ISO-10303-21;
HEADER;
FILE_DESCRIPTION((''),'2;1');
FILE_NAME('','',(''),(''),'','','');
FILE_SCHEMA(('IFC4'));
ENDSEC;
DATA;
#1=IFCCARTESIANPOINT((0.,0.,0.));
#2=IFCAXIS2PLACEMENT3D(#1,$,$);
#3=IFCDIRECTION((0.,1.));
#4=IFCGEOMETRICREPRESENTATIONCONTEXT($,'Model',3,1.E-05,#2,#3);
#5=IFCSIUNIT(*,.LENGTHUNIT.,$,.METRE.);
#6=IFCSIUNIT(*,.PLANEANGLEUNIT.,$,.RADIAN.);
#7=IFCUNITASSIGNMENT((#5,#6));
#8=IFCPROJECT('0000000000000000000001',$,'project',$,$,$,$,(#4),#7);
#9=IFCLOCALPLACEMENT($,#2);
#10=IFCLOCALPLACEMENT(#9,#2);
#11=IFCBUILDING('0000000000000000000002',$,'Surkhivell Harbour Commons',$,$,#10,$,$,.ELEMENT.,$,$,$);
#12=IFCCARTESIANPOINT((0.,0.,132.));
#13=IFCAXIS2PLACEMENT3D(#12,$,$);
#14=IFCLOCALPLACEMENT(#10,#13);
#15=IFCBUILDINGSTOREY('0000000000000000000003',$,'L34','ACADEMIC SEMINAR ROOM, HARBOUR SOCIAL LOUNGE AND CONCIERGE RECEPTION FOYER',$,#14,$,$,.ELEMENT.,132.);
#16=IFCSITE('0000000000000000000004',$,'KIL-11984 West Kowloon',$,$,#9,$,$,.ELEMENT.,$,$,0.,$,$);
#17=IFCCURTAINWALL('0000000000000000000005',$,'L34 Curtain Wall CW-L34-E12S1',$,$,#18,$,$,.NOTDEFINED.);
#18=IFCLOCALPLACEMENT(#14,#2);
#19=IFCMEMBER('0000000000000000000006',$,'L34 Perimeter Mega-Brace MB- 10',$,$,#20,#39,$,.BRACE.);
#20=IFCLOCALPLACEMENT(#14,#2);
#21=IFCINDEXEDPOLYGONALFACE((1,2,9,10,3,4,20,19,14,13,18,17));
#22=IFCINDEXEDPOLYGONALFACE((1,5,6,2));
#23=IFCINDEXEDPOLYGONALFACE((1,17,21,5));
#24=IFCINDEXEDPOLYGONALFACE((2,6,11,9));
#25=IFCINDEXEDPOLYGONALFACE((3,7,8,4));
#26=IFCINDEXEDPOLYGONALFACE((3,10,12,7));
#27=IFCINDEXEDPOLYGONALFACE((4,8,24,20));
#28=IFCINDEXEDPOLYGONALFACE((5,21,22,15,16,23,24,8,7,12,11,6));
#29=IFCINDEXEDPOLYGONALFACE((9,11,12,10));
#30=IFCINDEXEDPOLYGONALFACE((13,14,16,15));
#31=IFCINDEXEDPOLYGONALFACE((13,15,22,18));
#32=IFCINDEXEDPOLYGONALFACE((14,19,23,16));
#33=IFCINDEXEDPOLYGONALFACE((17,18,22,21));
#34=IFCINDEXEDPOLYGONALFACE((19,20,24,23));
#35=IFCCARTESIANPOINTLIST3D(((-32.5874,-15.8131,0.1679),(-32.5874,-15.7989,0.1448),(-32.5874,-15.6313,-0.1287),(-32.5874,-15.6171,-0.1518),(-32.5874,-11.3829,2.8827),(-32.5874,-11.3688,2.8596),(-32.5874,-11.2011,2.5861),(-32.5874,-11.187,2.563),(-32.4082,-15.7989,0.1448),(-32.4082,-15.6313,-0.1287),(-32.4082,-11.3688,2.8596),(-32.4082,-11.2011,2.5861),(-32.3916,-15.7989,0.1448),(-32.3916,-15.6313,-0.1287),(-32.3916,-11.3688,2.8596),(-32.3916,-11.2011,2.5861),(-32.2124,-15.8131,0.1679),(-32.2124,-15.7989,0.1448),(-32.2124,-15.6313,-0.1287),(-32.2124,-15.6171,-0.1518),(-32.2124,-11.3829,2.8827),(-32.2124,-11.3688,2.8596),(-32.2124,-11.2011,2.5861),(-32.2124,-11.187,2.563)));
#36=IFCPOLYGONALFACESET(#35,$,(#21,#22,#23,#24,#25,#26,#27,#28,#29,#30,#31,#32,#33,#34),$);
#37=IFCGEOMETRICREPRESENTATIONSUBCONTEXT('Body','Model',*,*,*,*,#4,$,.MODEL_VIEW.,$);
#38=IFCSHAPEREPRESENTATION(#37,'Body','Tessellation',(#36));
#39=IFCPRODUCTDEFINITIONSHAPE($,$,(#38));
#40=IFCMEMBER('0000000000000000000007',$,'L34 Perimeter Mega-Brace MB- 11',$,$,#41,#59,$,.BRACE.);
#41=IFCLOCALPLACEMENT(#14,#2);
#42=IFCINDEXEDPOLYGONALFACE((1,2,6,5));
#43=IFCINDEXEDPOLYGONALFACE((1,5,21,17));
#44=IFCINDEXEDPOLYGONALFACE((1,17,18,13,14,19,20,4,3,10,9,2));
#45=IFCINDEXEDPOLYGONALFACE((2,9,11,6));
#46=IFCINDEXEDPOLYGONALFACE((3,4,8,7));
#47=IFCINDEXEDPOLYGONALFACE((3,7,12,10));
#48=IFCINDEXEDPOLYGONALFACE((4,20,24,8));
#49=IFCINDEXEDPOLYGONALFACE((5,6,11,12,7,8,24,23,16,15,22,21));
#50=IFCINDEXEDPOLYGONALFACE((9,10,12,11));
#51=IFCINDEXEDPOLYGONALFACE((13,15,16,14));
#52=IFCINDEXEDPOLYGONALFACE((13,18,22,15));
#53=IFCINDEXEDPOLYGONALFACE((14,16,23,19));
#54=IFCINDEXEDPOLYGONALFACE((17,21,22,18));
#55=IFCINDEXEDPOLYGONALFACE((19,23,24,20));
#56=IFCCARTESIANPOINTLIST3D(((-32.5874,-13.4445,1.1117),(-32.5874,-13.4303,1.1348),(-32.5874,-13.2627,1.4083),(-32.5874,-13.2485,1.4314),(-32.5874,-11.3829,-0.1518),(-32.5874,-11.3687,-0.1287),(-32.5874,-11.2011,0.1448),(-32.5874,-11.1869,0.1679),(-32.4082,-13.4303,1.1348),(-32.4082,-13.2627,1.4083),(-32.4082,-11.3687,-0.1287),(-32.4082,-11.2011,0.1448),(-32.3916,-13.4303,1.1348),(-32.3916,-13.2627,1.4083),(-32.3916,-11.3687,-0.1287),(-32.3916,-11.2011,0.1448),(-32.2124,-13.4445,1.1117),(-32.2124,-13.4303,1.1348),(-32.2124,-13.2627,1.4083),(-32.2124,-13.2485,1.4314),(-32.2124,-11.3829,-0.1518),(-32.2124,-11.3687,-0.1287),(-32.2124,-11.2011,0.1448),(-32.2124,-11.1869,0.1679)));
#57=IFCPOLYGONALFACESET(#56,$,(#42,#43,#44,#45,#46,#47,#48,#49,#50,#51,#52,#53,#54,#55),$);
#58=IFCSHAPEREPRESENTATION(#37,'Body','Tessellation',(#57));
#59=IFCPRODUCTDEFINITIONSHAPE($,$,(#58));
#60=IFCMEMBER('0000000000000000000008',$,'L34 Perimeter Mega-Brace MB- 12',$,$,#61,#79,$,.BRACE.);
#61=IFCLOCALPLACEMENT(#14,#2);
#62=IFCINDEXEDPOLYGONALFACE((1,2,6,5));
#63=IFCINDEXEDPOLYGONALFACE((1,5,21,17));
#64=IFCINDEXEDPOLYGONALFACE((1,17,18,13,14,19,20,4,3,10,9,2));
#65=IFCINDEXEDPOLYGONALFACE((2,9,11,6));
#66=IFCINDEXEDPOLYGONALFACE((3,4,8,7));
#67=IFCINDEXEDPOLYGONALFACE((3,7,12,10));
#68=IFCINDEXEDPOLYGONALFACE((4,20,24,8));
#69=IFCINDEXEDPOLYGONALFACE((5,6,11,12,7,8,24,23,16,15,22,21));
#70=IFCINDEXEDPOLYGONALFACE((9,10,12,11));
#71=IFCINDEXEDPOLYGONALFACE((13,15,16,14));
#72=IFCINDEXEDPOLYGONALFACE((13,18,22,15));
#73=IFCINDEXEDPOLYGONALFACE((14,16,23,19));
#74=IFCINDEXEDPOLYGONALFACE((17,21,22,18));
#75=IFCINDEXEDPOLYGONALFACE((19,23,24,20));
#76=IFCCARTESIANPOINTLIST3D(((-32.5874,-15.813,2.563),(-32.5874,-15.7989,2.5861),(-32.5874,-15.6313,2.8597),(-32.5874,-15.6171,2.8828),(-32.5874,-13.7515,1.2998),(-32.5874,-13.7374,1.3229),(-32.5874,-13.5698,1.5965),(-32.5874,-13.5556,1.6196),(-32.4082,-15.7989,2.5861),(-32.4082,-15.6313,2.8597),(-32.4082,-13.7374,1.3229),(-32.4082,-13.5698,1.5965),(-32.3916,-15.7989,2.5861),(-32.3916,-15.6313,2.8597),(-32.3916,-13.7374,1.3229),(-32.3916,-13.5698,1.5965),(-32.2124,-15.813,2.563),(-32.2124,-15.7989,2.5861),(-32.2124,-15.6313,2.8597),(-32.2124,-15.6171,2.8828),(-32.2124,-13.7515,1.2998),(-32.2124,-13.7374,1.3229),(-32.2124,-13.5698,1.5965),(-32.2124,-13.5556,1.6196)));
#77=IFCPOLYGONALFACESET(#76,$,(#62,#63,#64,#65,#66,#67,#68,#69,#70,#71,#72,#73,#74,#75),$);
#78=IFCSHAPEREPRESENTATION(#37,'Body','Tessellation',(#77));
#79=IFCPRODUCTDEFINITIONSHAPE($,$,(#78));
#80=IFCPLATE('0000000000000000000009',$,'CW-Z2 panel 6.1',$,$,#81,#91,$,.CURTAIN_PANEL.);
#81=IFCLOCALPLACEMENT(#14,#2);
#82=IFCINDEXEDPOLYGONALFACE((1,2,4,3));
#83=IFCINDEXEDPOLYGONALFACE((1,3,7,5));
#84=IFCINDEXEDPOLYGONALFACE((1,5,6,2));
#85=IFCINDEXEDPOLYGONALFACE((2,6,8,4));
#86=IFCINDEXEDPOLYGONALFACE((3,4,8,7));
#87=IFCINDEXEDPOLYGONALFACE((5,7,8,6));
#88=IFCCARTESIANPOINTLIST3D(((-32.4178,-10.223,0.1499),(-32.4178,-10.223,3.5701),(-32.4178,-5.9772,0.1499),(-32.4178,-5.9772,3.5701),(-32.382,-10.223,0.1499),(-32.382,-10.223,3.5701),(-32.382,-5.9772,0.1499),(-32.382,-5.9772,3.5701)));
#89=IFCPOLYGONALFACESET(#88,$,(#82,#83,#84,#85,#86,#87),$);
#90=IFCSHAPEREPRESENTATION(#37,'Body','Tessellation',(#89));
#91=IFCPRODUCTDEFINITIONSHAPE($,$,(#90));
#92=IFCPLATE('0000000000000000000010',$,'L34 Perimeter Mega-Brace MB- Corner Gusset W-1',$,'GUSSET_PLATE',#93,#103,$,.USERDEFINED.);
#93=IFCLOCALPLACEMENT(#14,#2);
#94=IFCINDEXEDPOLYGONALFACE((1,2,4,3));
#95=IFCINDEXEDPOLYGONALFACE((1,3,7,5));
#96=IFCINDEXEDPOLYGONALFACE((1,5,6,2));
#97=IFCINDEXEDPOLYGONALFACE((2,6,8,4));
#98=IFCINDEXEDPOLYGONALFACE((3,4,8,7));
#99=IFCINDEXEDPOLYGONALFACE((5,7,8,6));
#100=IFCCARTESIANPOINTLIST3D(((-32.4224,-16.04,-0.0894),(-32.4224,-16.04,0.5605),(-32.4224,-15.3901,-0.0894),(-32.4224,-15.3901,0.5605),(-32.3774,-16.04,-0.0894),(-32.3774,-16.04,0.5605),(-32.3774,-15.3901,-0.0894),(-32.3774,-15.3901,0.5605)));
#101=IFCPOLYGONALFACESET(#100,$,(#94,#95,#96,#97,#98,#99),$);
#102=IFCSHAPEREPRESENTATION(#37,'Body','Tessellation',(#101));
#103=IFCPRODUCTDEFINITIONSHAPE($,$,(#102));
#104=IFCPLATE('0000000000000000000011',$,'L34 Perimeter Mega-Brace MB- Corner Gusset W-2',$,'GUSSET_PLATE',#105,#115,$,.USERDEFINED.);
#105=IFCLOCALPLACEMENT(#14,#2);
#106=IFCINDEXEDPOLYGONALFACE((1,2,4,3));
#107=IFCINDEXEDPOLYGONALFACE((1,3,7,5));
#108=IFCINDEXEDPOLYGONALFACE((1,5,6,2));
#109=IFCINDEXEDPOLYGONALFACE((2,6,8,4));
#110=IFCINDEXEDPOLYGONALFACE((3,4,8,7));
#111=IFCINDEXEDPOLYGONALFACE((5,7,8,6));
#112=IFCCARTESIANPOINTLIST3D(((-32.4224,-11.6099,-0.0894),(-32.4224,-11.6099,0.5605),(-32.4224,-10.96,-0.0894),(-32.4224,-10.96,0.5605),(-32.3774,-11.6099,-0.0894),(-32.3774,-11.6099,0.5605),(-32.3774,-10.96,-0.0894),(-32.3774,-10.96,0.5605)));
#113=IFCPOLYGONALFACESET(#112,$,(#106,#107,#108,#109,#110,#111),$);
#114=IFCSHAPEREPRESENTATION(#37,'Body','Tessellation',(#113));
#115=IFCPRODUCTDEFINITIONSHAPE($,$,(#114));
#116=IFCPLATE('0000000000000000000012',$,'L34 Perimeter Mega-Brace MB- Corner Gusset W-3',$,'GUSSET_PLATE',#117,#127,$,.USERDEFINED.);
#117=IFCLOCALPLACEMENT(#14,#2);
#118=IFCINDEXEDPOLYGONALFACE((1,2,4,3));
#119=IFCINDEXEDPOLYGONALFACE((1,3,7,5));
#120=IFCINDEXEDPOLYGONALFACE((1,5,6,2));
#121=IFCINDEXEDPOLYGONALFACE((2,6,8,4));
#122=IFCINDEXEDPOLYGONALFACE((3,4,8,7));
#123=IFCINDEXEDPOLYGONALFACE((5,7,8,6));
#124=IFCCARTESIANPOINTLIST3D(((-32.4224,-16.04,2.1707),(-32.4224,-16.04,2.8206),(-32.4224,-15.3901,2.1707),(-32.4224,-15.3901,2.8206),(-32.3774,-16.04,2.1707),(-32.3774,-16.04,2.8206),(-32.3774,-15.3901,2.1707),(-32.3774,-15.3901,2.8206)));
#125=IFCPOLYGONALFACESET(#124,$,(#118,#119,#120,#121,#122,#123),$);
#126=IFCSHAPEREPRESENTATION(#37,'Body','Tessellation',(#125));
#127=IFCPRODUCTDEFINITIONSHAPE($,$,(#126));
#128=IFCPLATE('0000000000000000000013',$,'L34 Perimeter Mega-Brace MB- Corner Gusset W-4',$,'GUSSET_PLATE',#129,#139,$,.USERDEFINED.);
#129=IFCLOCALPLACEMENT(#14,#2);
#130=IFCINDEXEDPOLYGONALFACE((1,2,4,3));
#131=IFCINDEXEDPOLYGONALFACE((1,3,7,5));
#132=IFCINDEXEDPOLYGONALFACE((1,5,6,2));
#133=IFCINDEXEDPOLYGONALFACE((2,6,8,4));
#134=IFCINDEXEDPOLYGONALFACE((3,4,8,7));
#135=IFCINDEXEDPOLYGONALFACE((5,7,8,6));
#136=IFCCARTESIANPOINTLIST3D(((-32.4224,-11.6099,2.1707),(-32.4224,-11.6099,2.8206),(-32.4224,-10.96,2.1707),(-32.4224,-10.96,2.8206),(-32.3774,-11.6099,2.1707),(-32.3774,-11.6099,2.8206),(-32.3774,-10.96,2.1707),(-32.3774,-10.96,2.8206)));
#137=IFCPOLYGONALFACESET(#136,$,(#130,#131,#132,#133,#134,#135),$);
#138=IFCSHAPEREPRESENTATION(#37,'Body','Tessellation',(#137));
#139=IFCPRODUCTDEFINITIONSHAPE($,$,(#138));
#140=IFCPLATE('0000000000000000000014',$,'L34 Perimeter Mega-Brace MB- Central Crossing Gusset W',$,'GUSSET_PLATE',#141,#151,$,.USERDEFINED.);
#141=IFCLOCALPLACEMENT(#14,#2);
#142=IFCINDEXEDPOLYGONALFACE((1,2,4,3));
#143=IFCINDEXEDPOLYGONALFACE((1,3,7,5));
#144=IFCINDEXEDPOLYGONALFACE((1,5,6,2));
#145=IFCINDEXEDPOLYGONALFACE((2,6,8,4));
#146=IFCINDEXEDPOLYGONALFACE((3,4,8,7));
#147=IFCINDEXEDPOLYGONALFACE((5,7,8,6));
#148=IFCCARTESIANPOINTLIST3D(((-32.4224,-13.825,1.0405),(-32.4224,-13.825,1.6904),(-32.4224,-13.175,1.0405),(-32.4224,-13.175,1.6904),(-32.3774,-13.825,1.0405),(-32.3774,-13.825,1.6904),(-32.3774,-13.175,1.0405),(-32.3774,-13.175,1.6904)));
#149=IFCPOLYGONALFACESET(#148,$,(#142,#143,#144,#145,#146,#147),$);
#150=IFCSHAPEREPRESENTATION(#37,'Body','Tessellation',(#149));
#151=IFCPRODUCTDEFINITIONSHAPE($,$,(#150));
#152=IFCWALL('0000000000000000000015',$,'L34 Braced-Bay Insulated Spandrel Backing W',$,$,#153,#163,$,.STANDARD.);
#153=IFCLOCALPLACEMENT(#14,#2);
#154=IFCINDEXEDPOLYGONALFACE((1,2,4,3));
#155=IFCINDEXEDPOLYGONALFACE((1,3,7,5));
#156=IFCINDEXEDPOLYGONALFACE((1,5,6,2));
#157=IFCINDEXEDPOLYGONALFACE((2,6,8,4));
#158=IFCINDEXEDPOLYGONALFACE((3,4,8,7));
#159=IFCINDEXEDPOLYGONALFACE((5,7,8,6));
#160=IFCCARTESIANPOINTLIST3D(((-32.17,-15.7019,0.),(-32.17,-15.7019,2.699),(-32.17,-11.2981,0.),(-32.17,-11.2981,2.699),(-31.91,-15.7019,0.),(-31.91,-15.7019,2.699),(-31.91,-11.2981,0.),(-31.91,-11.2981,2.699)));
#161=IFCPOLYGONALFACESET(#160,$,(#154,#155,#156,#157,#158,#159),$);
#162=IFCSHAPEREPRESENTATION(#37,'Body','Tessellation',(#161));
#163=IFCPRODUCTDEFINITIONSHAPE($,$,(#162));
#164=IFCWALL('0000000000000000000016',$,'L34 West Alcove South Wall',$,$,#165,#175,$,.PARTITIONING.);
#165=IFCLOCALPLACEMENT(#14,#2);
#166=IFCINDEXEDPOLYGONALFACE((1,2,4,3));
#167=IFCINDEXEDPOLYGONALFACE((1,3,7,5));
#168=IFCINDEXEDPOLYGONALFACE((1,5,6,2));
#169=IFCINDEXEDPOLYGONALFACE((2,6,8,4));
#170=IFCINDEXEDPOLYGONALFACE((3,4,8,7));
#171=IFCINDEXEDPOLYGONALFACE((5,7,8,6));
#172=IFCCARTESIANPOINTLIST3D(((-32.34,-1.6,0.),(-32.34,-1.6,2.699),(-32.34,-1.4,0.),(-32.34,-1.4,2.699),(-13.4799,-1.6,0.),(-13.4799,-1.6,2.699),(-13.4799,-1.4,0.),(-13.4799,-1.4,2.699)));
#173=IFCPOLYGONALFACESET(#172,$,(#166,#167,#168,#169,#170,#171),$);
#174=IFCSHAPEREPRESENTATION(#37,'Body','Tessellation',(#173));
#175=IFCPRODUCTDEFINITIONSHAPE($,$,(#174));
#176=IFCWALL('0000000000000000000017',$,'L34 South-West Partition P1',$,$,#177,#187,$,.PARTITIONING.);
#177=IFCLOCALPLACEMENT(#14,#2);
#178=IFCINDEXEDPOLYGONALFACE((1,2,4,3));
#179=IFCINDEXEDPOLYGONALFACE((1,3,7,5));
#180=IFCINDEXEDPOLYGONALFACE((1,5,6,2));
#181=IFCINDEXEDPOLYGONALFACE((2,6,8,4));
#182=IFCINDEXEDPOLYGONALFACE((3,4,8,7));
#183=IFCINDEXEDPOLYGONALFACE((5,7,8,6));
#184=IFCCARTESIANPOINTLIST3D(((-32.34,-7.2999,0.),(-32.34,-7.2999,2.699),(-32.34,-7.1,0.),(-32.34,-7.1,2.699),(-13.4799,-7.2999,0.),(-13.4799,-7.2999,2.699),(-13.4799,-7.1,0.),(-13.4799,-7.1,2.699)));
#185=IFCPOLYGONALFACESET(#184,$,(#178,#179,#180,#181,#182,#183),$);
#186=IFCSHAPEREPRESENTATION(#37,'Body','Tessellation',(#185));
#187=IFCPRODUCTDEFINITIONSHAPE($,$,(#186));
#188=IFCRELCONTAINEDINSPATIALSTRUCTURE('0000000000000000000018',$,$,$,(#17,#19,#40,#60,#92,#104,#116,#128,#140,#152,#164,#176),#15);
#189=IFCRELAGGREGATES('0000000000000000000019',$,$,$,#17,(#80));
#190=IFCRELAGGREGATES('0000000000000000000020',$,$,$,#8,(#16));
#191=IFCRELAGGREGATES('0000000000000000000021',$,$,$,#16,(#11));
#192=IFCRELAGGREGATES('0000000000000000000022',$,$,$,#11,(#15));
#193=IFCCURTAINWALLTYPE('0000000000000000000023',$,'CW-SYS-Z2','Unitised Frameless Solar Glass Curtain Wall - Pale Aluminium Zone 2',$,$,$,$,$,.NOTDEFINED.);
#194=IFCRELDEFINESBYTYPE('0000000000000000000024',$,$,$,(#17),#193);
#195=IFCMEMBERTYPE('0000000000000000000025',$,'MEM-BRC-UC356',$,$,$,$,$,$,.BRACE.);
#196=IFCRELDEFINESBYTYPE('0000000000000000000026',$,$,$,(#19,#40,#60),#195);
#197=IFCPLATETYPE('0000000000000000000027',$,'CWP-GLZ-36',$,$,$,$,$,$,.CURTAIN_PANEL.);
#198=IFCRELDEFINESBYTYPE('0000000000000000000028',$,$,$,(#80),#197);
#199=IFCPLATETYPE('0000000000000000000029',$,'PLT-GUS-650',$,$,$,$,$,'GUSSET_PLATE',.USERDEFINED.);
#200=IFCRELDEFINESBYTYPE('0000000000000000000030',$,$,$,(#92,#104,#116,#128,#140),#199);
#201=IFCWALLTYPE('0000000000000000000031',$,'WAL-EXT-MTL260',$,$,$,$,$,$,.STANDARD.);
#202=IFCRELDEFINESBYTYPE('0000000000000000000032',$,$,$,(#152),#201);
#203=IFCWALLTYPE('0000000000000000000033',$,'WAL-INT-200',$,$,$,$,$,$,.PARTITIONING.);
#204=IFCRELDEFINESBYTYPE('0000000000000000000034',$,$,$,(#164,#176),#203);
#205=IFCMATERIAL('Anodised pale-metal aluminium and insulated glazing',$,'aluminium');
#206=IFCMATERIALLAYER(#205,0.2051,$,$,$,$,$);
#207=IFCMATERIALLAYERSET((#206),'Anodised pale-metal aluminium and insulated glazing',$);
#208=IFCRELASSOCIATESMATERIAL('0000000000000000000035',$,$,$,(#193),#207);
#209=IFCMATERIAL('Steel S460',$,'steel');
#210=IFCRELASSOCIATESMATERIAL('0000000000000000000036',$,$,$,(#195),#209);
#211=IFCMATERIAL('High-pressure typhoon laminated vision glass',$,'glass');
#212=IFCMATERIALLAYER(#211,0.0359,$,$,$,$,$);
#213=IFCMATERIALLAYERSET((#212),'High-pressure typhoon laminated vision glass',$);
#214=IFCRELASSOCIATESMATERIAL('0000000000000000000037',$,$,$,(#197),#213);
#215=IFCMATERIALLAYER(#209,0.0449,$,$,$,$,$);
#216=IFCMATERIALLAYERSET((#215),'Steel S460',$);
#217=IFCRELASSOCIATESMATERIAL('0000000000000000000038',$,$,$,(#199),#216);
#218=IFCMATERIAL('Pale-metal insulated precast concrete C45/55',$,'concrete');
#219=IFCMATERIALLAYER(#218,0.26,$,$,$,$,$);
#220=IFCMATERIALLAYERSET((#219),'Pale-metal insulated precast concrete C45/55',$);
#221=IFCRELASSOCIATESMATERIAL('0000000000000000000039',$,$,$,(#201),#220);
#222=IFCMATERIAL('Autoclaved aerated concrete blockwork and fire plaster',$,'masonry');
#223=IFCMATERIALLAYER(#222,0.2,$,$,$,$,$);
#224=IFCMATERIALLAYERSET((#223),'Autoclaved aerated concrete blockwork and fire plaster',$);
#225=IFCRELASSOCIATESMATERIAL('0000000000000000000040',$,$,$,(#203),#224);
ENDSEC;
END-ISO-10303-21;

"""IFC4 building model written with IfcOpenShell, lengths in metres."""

from ifc_helpers import new_model, si_unit, direction, frame, frame_2d, origin, origin_2d, place, context, subcontext, project, spatial, rectangle, i_section, extrude, material, layer, layer_set, material_profile, profile_set, type_object, element, aggregate, save


model = new_model("IFC4")

# Units and contexts
model_context = context("Model", 3, precision=1e-05, world=origin(), true_north=direction((0.0, 1.0)))
body_context = subcontext(model_context, "Body", "Model", "MODEL_VIEW")
ifc_project = project(units=[si_unit("LENGTHUNIT", "METRE"), si_unit("PLANEANGLEUNIT", "RADIAN")], contexts=[model_context])

# Site, building, storey
site_placement = place(None, origin())
site = spatial("IfcSite", under=ifc_project, at=site_placement, Name="KIL-11984 West Kowloon", CompositionType="ELEMENT", RefElevation=0.0)
building_placement = place(site_placement, origin())
building = spatial("IfcBuilding", under=site, at=building_placement, Name="Surkhivell Harbour Commons", CompositionType="ELEMENT")
storey_placement = place(building_placement, frame((0.0, 0.0, 132.0)))
storey = spatial("IfcBuildingStorey", under=building, at=storey_placement, Name="L34", Description="ACADEMIC SEMINAR ROOM, HARBOUR SOCIAL LOUNGE AND CONCIERGE RECEPTION FOYER", CompositionType="ELEMENT", Elevation=132.0)

# Shared definitions
ifc_material_1 = material(Name="Steel S460", Category="steel")

# Curtain wall
ifc_material_2 = material(Name="Anodised pale-metal aluminium and insulated glazing", Category="aluminium")
ifc_layer_1 = layer(ifc_material_2, 0.2051)
ifc_layer_set_1 = layer_set([ifc_layer_1], Name="Anodised pale-metal aluminium and insulated glazing")
curtain_wall_type = type_object("IfcCurtainWallType", Name="CW-SYS-Z2", Description="Unitised Frameless Solar Glass Curtain Wall - Pale Aluminium Zone 2", PredefinedType="NOTDEFINED", material=ifc_layer_set_1)
curtain_wall_placement = place(storey_placement, origin())
curtain_wall = element("IfcCurtainWall", 1, at=curtain_wall_placement, inside=storey, type_object=curtain_wall_type, Name="L34 Curtain Wall CW-L34-E12S1", PredefinedType="NOTDEFINED")

# Members
ifc_material_profile_1 = material_profile(ifc_material_1, i_section(OverallWidth=0.375, OverallDepth=0.375, WebThickness=0.0166, FlangeThickness=0.0271, at=origin_2d()), Name="UC356x368x202")
ifc_profile_set_1 = profile_set([ifc_material_profile_1], Name="Steel S460")
member_type_1 = type_object("IfcMemberType", Name="MEM-BRC-UC356", PredefinedType="BRACE", material=ifc_profile_set_1)
member_1_placement = place(storey_placement, frame((-32.3999, -15.7151, 0.0081), z_axis=(0.0, 0.852638, 0.522503), x_axis=(-1.0, 0.0, 0.0)))
element("IfcMember", 2, at=member_1_placement, inside=storey, type_object=member_type_1, Name="L34 Perimeter Mega-Brace MB- 10", PredefinedType="BRACE", context=body_context, shape_type="SweptSolid", body=[
    extrude(i_section(OverallWidth=0.375, OverallDepth=0.375, WebThickness=0.0166, FlangeThickness=0.0271, at=origin_2d()), origin(), (0.0, 0.0, 1.0), 5.1958),
])
member_2_placement = place(storey_placement, frame((-32.3999, -11.2849, 0.0081), z_axis=(0.0, -0.852617, 0.522536), x_axis=(1.0, 0.0, 0.0)))
element("IfcMember", 3, at=member_2_placement, inside=storey, type_object=member_type_1, Name="L34 Perimeter Mega-Brace MB- 11", PredefinedType="BRACE", context=body_context, shape_type="SweptSolid", body=[
    extrude(i_section(OverallWidth=0.375, OverallDepth=0.375, WebThickness=0.0166, FlangeThickness=0.0271, at=origin_2d()), origin(), (0.0, 0.0, 1.0), 2.418),
])
member_3_placement = place(storey_placement, frame((-32.3999, -13.6536, 1.4597), z_axis=(0.0, -0.852662, 0.522463), x_axis=(1.0, 0.0, 0.0)))
element("IfcMember", 4, at=member_3_placement, inside=storey, type_object=member_type_1, Name="L34 Perimeter Mega-Brace MB- 12", PredefinedType="BRACE", context=body_context, shape_type="SweptSolid", body=[
    extrude(i_section(OverallWidth=0.375, OverallDepth=0.375, WebThickness=0.0166, FlangeThickness=0.0271, at=origin_2d()), origin(), (0.0, 0.0, 1.0), 2.4177),
])

# Plate
ifc_material_3 = material(Name="High-pressure typhoon laminated vision glass", Category="glass")
ifc_layer_2 = layer(ifc_material_3, 0.0359)
ifc_layer_set_2 = layer_set([ifc_layer_2], Name="High-pressure typhoon laminated vision glass")
plate_type_1 = type_object("IfcPlateType", Name="CWP-GLZ-36", PredefinedType="CURTAIN_PANEL", material=ifc_layer_set_2)
plate_placement = place(storey_placement, frame((-32.3999, -5.9771, 0.1499), z_axis=(0.0, 0.0, 1.0), x_axis=(0.0, -1.0, 0.0)))
plate = element("IfcPlate", 5, at=plate_placement, type_object=plate_type_1, Name="CW-Z2 panel 6.1", PredefinedType="CURTAIN_PANEL", context=body_context, shape_type="SweptSolid", body=[
    extrude(rectangle(XDim=4.2458, YDim=0.0359, at=frame_2d((2.123, 0.0))), origin(), (0.0, 0.0, 1.0), 3.4202),
])
aggregate(curtain_wall, [plate])

# Plates
ifc_layer_3 = layer(ifc_material_1, 0.0449)
ifc_layer_set_3 = layer_set([ifc_layer_3], Name="Steel S460")
plate_type_2 = type_object("IfcPlateType", Name="PLT-GUS-650", ElementType="GUSSET_PLATE", PredefinedType="USERDEFINED", material=ifc_layer_set_3)
for number, where, z_axis, x_axis, name in (
    (6, (-32.3999, -15.7151, -0.0894), (0.0, 0.0, 1.0), (0.0, 1.0, 0.0), "L34 Perimeter Mega-Brace MB- Corner Gusset W-1"),
    (7, (-32.3999, -11.2849, -0.0894), (0.0, 0.0, 1.0), (0.0, 1.0, 0.0), "L34 Perimeter Mega-Brace MB- Corner Gusset W-2"),
    (8, (-32.3999, -15.7151, 2.1707), (0.0, 0.0, 1.0), (0.0, 1.0, 0.0), "L34 Perimeter Mega-Brace MB- Corner Gusset W-3"),
    (9, (-32.3999, -11.2849, 2.1707), (0.0, 0.0, 1.0), (0.0, 1.0, 0.0), "L34 Perimeter Mega-Brace MB- Corner Gusset W-4"),
    (10, (-32.3999, -13.5, 1.0405), (0.0, 0.0, 1.0), (0.0, 1.0, 0.0), "L34 Perimeter Mega-Brace MB- Central Crossing Gusset W"),
):
    element("IfcPlate", number, at=place(storey_placement, frame(where, z_axis=z_axis, x_axis=x_axis)), inside=storey, type_object=plate_type_2, Name=name, ObjectType="GUSSET_PLATE", PredefinedType="USERDEFINED", context=body_context, shape_type="SweptSolid", body=[
        extrude(rectangle(XDim=0.6499, YDim=0.0449, at=origin_2d()), origin(), (0.0, 0.0, 1.0), 0.6499),
    ])

# Walls
ifc_material_4 = material(Name="Pale-metal insulated precast concrete C45/55", Category="concrete")
ifc_layer_4 = layer(ifc_material_4, 0.26)
ifc_layer_set_4 = layer_set([ifc_layer_4], Name="Pale-metal insulated precast concrete C45/55")
wall_type_1 = type_object("IfcWallType", Name="WAL-EXT-MTL260", PredefinedType="STANDARD", material=ifc_layer_set_4)
wall_placement = place(storey_placement, frame((-32.04, -11.2981, 0.0), z_axis=(0.0, 0.0, 1.0), x_axis=(0.0, -1.0, 0.0)))
element("IfcWall", 11, at=wall_placement, inside=storey, type_object=wall_type_1, Name="L34 Braced-Bay Insulated Spandrel Backing W", PredefinedType="STANDARD", context=body_context, shape_type="SweptSolid", body=[
    extrude(rectangle(XDim=4.4038, YDim=0.26, at=frame_2d((2.2019, 0.0))), origin(), (0.0, 0.0, 1.0), 2.699),
])
ifc_material_5 = material(Name="Autoclaved aerated concrete blockwork and fire plaster", Category="masonry")
ifc_layer_5 = layer(ifc_material_5, 0.2)
ifc_layer_set_5 = layer_set([ifc_layer_5], Name="Autoclaved aerated concrete blockwork and fire plaster")
wall_type_2 = type_object("IfcWallType", Name="WAL-INT-200", PredefinedType="PARTITIONING", material=ifc_layer_set_5)
for number, where, z_axis, x_axis, name in (
    (12, (-32.3401, -1.5, 0.0), (0.0, 0.0, 1.0), (1.0, 0.0, 0.0), "L34 West Alcove South Wall"),
    (13, (-32.3401, -7.2, 0.0), (0.0, 0.0, 1.0), (1.0, 0.0, 0.0), "L34 South-West Partition P1"),
):
    element("IfcWall", number, at=place(storey_placement, frame(where, z_axis=z_axis, x_axis=x_axis)), inside=storey, type_object=wall_type_2, Name=name, PredefinedType="PARTITIONING", context=body_context, shape_type="SweptSolid", body=[
        extrude(rectangle(XDim=18.8601, YDim=0.2, at=frame_2d((9.4302, 0.0))), origin(), (0.0, 0.0, 1.0), 2.699),
    ])

save(model, "model.ifc")
